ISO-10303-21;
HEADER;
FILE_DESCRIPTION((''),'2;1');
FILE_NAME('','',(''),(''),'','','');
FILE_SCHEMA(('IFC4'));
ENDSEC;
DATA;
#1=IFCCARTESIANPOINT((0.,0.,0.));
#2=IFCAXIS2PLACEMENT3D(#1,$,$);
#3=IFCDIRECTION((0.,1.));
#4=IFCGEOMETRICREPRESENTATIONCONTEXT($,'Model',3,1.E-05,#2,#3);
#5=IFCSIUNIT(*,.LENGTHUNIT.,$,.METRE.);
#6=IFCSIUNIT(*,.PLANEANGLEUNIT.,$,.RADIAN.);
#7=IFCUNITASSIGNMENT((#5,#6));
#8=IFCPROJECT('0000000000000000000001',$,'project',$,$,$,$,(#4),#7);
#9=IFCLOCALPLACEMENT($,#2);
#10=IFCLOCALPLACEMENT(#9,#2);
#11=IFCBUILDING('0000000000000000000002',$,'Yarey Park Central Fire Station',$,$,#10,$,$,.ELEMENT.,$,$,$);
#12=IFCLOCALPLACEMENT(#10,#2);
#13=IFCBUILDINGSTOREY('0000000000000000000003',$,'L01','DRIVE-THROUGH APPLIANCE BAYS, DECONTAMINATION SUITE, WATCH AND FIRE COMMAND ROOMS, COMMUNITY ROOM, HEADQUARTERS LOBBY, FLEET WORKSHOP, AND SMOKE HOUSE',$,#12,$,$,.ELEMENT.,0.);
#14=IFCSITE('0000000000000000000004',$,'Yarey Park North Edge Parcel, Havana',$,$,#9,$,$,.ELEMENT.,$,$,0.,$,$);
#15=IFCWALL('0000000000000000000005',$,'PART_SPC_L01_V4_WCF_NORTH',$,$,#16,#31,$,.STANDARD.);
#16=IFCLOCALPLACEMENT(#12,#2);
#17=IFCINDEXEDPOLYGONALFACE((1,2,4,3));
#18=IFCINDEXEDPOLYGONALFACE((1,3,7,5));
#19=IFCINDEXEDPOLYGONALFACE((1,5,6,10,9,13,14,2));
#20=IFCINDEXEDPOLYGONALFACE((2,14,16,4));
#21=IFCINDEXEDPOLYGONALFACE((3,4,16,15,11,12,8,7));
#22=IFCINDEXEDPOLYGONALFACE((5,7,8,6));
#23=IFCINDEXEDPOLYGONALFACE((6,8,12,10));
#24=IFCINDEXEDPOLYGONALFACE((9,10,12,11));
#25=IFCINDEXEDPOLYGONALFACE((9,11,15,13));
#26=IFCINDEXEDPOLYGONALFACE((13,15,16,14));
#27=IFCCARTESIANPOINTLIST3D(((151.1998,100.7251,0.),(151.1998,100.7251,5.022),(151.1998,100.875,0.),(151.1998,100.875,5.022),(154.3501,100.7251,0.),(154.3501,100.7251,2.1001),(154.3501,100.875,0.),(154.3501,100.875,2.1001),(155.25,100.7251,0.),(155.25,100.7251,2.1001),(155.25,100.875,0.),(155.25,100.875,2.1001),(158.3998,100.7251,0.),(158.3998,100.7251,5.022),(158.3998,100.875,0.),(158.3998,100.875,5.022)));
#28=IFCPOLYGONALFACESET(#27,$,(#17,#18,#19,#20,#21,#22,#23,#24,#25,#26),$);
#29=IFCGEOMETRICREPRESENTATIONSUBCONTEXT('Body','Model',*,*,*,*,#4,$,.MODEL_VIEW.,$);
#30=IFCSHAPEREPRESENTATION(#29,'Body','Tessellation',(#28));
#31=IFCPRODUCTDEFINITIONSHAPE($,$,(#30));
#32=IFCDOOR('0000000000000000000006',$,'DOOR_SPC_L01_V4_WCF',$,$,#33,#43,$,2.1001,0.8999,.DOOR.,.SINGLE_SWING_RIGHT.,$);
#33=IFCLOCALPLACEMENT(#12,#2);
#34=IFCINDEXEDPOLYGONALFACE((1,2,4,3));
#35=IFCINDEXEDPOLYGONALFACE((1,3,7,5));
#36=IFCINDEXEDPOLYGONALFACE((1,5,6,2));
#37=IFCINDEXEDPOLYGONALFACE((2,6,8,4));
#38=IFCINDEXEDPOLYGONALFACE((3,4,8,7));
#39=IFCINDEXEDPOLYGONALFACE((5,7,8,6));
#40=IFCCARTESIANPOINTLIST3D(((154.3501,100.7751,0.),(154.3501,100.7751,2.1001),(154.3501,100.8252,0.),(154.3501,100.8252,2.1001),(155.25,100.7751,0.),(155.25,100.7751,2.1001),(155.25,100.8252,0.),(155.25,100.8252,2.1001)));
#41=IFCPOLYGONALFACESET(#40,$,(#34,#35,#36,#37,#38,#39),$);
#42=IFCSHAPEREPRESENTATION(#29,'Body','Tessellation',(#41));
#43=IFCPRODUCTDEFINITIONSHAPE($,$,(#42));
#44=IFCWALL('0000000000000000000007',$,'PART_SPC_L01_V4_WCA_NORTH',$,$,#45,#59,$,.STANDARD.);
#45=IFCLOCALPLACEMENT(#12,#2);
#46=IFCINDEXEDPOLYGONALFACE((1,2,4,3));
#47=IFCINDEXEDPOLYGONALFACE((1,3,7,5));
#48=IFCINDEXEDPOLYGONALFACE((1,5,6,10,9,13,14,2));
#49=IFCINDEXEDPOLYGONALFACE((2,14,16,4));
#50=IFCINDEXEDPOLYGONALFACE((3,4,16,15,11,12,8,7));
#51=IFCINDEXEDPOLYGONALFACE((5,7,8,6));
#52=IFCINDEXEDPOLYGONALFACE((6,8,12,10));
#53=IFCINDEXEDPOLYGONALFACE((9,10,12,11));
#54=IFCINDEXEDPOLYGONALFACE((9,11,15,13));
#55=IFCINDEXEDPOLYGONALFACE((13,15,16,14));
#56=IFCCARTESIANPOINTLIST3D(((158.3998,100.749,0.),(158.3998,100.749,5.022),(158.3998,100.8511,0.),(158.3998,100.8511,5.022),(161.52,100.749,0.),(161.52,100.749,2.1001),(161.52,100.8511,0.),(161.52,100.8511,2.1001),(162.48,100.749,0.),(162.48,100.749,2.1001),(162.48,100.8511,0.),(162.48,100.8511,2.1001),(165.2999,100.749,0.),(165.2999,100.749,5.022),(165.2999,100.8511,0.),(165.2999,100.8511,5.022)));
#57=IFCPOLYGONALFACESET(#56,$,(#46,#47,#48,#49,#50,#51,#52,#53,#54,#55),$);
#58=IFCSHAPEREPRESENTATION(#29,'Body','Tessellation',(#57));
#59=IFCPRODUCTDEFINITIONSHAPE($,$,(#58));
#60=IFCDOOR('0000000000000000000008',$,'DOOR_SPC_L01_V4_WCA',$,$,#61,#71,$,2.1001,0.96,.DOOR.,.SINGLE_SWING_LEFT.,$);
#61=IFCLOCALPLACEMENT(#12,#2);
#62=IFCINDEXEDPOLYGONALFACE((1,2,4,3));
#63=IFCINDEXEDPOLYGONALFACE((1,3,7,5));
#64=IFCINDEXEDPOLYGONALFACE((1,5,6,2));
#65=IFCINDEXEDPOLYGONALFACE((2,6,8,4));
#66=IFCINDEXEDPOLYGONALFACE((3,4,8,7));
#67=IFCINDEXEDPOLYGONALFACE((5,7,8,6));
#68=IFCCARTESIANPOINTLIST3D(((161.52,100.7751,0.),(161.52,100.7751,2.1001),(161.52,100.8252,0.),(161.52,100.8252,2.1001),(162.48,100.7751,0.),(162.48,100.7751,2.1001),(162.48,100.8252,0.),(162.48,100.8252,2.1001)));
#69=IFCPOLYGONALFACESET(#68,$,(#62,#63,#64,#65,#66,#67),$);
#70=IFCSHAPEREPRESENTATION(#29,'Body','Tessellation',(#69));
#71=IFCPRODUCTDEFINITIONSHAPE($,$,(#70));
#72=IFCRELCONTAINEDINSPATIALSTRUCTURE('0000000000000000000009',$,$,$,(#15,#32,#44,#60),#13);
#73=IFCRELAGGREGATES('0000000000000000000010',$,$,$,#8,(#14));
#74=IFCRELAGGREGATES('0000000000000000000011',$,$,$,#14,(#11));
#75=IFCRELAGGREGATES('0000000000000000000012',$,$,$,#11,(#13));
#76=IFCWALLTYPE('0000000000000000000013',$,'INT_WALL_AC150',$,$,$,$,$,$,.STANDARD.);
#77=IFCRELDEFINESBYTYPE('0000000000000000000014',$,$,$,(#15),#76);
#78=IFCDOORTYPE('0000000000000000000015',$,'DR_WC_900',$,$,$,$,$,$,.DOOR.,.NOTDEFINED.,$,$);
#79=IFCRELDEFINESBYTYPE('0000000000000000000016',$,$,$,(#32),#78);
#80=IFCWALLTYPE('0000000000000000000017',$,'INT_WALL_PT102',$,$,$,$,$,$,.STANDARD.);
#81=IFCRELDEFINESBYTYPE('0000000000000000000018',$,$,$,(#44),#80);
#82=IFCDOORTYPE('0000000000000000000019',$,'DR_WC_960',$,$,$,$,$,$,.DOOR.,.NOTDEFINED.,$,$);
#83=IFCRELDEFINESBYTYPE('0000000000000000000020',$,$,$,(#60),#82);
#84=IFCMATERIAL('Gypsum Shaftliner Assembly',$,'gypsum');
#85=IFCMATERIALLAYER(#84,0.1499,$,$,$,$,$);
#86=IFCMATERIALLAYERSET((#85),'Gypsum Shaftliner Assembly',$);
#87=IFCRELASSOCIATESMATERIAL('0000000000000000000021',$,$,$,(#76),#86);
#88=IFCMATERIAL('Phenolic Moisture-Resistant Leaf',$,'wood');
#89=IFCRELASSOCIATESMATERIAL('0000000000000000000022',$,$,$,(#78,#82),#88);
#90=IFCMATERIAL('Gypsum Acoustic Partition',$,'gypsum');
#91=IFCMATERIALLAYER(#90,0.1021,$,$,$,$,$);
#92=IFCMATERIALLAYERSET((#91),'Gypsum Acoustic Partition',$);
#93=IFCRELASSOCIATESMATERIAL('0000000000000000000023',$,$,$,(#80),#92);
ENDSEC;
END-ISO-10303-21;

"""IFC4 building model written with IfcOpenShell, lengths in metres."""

from ifc_helpers import new_model, si_unit, direction, frame, frame_2d, origin, place, context, subcontext, project, spatial, rectangle, extrude, material, layer, layer_set, type_object, element, fill, save


model = new_model("IFC4")

# Units and contexts
model_context = context("Model", 3, precision=1e-05, world=origin(), true_north=direction((0.0, 1.0)))
body_context = subcontext(model_context, "Body", "Model", "MODEL_VIEW")
ifc_project = project(units=[si_unit("LENGTHUNIT", "METRE"), si_unit("PLANEANGLEUNIT", "RADIAN")], contexts=[model_context])

# Site, building, storey
site_placement = place(None, origin())
site = spatial("IfcSite", under=ifc_project, at=site_placement, Name="Yarey Park North Edge Parcel, Havana", CompositionType="ELEMENT", RefElevation=0.0)
building_placement = place(site_placement, origin())
building = spatial("IfcBuilding", under=site, at=building_placement, Name="Yarey Park Central Fire Station", CompositionType="ELEMENT")
storey_placement = place(building_placement, origin())
storey = spatial("IfcBuildingStorey", under=building, at=storey_placement, Name="L01", Description="DRIVE-THROUGH APPLIANCE BAYS, DECONTAMINATION SUITE, WATCH AND FIRE COMMAND ROOMS, COMMUNITY ROOM, HEADQUARTERS LOBBY, FLEET WORKSHOP, AND SMOKE HOUSE", CompositionType="ELEMENT", Elevation=0.0)

# Walls, openings, doors
ifc_material_1 = material(Name="Gypsum Shaftliner Assembly", Category="gypsum")
ifc_layer_1 = layer(ifc_material_1, 0.1499)
ifc_layer_set_1 = layer_set([ifc_layer_1], Name="Gypsum Shaftliner Assembly")
wall_type_1 = type_object("IfcWallType", Name="INT_WALL_AC150", PredefinedType="STANDARD", material=ifc_layer_set_1)
wall_1_placement = place(storey_placement, frame((158.3999, 100.8, 0.0), z_axis=(0.0, 0.0, 1.0), x_axis=(-1.0, 0.0, 0.0)))
wall_1 = element("IfcWall", 1, at=wall_1_placement, inside=storey, type_object=wall_type_1, Name="PART_SPC_L01_V4_WCF_NORTH", PredefinedType="STANDARD", context=body_context, shape_type="SweptSolid", body=[
    extrude(rectangle(XDim=7.2, YDim=0.1499, at=frame_2d((3.6001, 0.0))), origin(), (0.0, 0.0, 1.0), 5.022),
])
opening_1_placement = place(wall_1_placement, frame((3.1499, 0.0, 0.0)))
opening_1 = element("IfcOpeningElement", 2, at=opening_1_placement, cuts=wall_1, PredefinedType="OPENING", context=body_context, shape_type="SweptSolid", body=[
    extrude(rectangle(XDim=0.8999, YDim=2.1001, at=frame_2d((0.45, 1.05))), frame((0.0, 0.085, 0.0), z_axis=(0.0, -1.0, 0.0), x_axis=(1.0, 0.0, 0.0)), (0.0, 0.0, 1.0), 0.1699),
])
ifc_material_2 = material(Name="Phenolic Moisture-Resistant Leaf", Category="wood")
door_type_1 = type_object("IfcDoorType", Name="DR_WC_900", OperationType="NOTDEFINED", PredefinedType="DOOR", material=ifc_material_2)
door_1_placement = place(opening_1_placement, origin())
door_1 = element("IfcDoor", 3, at=door_1_placement, inside=storey, type_object=door_type_1, Name="DOOR_SPC_L01_V4_WCF", OperationType="SINGLE_SWING_RIGHT", OverallHeight=2.1001, OverallWidth=0.8999, PredefinedType="DOOR", context=body_context, shape_type="SweptSolid", body=[
    extrude(rectangle(XDim=0.8999, YDim=2.1001, at=frame_2d((0.45, 1.05))), frame((0.0, 0.0249, 0.0), z_axis=(0.0, -1.0, 0.0), x_axis=(1.0, 0.0, 0.0)), (0.0, 0.0, 1.0), 0.05),
])
fill(opening_1, door_1)
ifc_material_3 = material(Name="Gypsum Acoustic Partition", Category="gypsum")
ifc_layer_2 = layer(ifc_material_3, 0.1021)
ifc_layer_set_2 = layer_set([ifc_layer_2], Name="Gypsum Acoustic Partition")
wall_type_2 = type_object("IfcWallType", Name="INT_WALL_PT102", PredefinedType="STANDARD", material=ifc_layer_set_2)
wall_2_placement = place(storey_placement, frame((165.3, 100.8, 0.0), z_axis=(0.0, 0.0, 1.0), x_axis=(-1.0, 0.0, 0.0)))
wall_2 = element("IfcWall", 4, at=wall_2_placement, inside=storey, type_object=wall_type_2, Name="PART_SPC_L01_V4_WCA_NORTH", PredefinedType="STANDARD", context=body_context, shape_type="SweptSolid", body=[
    extrude(rectangle(XDim=6.9001, YDim=0.1021, at=frame_2d((3.4502, 0.0))), origin(), (0.0, 0.0, 1.0), 5.022),
])
opening_2_placement = place(wall_2_placement, frame((2.8201, 0.0, 0.0)))
opening_2 = element("IfcOpeningElement", 5, at=opening_2_placement, cuts=wall_2, PredefinedType="OPENING", context=body_context, shape_type="SweptSolid", body=[
    extrude(rectangle(XDim=0.96, YDim=2.1001, at=frame_2d((0.48, 1.05))), frame((0.0, 0.061, 0.0), z_axis=(0.0, -1.0, 0.0), x_axis=(1.0, 0.0, 0.0)), (0.0, 0.0, 1.0), 0.1221),
])
door_type_2 = type_object("IfcDoorType", Name="DR_WC_960", OperationType="NOTDEFINED", PredefinedType="DOOR", material=ifc_material_2)
door_2_placement = place(opening_2_placement, origin())
door_2 = element("IfcDoor", 6, at=door_2_placement, inside=storey, type_object=door_type_2, Name="DOOR_SPC_L01_V4_WCA", OperationType="SINGLE_SWING_LEFT", OverallHeight=2.1001, OverallWidth=0.96, PredefinedType="DOOR", context=body_context, shape_type="SweptSolid", body=[
    extrude(rectangle(XDim=0.96, YDim=2.1001, at=frame_2d((0.48, 1.05))), frame((0.0, 0.0249, 0.0), z_axis=(0.0, -1.0, 0.0), x_axis=(1.0, 0.0, 0.0)), (0.0, 0.0, 1.0), 0.05),
])
fill(opening_2, door_2)

save(model, "model.ifc")
